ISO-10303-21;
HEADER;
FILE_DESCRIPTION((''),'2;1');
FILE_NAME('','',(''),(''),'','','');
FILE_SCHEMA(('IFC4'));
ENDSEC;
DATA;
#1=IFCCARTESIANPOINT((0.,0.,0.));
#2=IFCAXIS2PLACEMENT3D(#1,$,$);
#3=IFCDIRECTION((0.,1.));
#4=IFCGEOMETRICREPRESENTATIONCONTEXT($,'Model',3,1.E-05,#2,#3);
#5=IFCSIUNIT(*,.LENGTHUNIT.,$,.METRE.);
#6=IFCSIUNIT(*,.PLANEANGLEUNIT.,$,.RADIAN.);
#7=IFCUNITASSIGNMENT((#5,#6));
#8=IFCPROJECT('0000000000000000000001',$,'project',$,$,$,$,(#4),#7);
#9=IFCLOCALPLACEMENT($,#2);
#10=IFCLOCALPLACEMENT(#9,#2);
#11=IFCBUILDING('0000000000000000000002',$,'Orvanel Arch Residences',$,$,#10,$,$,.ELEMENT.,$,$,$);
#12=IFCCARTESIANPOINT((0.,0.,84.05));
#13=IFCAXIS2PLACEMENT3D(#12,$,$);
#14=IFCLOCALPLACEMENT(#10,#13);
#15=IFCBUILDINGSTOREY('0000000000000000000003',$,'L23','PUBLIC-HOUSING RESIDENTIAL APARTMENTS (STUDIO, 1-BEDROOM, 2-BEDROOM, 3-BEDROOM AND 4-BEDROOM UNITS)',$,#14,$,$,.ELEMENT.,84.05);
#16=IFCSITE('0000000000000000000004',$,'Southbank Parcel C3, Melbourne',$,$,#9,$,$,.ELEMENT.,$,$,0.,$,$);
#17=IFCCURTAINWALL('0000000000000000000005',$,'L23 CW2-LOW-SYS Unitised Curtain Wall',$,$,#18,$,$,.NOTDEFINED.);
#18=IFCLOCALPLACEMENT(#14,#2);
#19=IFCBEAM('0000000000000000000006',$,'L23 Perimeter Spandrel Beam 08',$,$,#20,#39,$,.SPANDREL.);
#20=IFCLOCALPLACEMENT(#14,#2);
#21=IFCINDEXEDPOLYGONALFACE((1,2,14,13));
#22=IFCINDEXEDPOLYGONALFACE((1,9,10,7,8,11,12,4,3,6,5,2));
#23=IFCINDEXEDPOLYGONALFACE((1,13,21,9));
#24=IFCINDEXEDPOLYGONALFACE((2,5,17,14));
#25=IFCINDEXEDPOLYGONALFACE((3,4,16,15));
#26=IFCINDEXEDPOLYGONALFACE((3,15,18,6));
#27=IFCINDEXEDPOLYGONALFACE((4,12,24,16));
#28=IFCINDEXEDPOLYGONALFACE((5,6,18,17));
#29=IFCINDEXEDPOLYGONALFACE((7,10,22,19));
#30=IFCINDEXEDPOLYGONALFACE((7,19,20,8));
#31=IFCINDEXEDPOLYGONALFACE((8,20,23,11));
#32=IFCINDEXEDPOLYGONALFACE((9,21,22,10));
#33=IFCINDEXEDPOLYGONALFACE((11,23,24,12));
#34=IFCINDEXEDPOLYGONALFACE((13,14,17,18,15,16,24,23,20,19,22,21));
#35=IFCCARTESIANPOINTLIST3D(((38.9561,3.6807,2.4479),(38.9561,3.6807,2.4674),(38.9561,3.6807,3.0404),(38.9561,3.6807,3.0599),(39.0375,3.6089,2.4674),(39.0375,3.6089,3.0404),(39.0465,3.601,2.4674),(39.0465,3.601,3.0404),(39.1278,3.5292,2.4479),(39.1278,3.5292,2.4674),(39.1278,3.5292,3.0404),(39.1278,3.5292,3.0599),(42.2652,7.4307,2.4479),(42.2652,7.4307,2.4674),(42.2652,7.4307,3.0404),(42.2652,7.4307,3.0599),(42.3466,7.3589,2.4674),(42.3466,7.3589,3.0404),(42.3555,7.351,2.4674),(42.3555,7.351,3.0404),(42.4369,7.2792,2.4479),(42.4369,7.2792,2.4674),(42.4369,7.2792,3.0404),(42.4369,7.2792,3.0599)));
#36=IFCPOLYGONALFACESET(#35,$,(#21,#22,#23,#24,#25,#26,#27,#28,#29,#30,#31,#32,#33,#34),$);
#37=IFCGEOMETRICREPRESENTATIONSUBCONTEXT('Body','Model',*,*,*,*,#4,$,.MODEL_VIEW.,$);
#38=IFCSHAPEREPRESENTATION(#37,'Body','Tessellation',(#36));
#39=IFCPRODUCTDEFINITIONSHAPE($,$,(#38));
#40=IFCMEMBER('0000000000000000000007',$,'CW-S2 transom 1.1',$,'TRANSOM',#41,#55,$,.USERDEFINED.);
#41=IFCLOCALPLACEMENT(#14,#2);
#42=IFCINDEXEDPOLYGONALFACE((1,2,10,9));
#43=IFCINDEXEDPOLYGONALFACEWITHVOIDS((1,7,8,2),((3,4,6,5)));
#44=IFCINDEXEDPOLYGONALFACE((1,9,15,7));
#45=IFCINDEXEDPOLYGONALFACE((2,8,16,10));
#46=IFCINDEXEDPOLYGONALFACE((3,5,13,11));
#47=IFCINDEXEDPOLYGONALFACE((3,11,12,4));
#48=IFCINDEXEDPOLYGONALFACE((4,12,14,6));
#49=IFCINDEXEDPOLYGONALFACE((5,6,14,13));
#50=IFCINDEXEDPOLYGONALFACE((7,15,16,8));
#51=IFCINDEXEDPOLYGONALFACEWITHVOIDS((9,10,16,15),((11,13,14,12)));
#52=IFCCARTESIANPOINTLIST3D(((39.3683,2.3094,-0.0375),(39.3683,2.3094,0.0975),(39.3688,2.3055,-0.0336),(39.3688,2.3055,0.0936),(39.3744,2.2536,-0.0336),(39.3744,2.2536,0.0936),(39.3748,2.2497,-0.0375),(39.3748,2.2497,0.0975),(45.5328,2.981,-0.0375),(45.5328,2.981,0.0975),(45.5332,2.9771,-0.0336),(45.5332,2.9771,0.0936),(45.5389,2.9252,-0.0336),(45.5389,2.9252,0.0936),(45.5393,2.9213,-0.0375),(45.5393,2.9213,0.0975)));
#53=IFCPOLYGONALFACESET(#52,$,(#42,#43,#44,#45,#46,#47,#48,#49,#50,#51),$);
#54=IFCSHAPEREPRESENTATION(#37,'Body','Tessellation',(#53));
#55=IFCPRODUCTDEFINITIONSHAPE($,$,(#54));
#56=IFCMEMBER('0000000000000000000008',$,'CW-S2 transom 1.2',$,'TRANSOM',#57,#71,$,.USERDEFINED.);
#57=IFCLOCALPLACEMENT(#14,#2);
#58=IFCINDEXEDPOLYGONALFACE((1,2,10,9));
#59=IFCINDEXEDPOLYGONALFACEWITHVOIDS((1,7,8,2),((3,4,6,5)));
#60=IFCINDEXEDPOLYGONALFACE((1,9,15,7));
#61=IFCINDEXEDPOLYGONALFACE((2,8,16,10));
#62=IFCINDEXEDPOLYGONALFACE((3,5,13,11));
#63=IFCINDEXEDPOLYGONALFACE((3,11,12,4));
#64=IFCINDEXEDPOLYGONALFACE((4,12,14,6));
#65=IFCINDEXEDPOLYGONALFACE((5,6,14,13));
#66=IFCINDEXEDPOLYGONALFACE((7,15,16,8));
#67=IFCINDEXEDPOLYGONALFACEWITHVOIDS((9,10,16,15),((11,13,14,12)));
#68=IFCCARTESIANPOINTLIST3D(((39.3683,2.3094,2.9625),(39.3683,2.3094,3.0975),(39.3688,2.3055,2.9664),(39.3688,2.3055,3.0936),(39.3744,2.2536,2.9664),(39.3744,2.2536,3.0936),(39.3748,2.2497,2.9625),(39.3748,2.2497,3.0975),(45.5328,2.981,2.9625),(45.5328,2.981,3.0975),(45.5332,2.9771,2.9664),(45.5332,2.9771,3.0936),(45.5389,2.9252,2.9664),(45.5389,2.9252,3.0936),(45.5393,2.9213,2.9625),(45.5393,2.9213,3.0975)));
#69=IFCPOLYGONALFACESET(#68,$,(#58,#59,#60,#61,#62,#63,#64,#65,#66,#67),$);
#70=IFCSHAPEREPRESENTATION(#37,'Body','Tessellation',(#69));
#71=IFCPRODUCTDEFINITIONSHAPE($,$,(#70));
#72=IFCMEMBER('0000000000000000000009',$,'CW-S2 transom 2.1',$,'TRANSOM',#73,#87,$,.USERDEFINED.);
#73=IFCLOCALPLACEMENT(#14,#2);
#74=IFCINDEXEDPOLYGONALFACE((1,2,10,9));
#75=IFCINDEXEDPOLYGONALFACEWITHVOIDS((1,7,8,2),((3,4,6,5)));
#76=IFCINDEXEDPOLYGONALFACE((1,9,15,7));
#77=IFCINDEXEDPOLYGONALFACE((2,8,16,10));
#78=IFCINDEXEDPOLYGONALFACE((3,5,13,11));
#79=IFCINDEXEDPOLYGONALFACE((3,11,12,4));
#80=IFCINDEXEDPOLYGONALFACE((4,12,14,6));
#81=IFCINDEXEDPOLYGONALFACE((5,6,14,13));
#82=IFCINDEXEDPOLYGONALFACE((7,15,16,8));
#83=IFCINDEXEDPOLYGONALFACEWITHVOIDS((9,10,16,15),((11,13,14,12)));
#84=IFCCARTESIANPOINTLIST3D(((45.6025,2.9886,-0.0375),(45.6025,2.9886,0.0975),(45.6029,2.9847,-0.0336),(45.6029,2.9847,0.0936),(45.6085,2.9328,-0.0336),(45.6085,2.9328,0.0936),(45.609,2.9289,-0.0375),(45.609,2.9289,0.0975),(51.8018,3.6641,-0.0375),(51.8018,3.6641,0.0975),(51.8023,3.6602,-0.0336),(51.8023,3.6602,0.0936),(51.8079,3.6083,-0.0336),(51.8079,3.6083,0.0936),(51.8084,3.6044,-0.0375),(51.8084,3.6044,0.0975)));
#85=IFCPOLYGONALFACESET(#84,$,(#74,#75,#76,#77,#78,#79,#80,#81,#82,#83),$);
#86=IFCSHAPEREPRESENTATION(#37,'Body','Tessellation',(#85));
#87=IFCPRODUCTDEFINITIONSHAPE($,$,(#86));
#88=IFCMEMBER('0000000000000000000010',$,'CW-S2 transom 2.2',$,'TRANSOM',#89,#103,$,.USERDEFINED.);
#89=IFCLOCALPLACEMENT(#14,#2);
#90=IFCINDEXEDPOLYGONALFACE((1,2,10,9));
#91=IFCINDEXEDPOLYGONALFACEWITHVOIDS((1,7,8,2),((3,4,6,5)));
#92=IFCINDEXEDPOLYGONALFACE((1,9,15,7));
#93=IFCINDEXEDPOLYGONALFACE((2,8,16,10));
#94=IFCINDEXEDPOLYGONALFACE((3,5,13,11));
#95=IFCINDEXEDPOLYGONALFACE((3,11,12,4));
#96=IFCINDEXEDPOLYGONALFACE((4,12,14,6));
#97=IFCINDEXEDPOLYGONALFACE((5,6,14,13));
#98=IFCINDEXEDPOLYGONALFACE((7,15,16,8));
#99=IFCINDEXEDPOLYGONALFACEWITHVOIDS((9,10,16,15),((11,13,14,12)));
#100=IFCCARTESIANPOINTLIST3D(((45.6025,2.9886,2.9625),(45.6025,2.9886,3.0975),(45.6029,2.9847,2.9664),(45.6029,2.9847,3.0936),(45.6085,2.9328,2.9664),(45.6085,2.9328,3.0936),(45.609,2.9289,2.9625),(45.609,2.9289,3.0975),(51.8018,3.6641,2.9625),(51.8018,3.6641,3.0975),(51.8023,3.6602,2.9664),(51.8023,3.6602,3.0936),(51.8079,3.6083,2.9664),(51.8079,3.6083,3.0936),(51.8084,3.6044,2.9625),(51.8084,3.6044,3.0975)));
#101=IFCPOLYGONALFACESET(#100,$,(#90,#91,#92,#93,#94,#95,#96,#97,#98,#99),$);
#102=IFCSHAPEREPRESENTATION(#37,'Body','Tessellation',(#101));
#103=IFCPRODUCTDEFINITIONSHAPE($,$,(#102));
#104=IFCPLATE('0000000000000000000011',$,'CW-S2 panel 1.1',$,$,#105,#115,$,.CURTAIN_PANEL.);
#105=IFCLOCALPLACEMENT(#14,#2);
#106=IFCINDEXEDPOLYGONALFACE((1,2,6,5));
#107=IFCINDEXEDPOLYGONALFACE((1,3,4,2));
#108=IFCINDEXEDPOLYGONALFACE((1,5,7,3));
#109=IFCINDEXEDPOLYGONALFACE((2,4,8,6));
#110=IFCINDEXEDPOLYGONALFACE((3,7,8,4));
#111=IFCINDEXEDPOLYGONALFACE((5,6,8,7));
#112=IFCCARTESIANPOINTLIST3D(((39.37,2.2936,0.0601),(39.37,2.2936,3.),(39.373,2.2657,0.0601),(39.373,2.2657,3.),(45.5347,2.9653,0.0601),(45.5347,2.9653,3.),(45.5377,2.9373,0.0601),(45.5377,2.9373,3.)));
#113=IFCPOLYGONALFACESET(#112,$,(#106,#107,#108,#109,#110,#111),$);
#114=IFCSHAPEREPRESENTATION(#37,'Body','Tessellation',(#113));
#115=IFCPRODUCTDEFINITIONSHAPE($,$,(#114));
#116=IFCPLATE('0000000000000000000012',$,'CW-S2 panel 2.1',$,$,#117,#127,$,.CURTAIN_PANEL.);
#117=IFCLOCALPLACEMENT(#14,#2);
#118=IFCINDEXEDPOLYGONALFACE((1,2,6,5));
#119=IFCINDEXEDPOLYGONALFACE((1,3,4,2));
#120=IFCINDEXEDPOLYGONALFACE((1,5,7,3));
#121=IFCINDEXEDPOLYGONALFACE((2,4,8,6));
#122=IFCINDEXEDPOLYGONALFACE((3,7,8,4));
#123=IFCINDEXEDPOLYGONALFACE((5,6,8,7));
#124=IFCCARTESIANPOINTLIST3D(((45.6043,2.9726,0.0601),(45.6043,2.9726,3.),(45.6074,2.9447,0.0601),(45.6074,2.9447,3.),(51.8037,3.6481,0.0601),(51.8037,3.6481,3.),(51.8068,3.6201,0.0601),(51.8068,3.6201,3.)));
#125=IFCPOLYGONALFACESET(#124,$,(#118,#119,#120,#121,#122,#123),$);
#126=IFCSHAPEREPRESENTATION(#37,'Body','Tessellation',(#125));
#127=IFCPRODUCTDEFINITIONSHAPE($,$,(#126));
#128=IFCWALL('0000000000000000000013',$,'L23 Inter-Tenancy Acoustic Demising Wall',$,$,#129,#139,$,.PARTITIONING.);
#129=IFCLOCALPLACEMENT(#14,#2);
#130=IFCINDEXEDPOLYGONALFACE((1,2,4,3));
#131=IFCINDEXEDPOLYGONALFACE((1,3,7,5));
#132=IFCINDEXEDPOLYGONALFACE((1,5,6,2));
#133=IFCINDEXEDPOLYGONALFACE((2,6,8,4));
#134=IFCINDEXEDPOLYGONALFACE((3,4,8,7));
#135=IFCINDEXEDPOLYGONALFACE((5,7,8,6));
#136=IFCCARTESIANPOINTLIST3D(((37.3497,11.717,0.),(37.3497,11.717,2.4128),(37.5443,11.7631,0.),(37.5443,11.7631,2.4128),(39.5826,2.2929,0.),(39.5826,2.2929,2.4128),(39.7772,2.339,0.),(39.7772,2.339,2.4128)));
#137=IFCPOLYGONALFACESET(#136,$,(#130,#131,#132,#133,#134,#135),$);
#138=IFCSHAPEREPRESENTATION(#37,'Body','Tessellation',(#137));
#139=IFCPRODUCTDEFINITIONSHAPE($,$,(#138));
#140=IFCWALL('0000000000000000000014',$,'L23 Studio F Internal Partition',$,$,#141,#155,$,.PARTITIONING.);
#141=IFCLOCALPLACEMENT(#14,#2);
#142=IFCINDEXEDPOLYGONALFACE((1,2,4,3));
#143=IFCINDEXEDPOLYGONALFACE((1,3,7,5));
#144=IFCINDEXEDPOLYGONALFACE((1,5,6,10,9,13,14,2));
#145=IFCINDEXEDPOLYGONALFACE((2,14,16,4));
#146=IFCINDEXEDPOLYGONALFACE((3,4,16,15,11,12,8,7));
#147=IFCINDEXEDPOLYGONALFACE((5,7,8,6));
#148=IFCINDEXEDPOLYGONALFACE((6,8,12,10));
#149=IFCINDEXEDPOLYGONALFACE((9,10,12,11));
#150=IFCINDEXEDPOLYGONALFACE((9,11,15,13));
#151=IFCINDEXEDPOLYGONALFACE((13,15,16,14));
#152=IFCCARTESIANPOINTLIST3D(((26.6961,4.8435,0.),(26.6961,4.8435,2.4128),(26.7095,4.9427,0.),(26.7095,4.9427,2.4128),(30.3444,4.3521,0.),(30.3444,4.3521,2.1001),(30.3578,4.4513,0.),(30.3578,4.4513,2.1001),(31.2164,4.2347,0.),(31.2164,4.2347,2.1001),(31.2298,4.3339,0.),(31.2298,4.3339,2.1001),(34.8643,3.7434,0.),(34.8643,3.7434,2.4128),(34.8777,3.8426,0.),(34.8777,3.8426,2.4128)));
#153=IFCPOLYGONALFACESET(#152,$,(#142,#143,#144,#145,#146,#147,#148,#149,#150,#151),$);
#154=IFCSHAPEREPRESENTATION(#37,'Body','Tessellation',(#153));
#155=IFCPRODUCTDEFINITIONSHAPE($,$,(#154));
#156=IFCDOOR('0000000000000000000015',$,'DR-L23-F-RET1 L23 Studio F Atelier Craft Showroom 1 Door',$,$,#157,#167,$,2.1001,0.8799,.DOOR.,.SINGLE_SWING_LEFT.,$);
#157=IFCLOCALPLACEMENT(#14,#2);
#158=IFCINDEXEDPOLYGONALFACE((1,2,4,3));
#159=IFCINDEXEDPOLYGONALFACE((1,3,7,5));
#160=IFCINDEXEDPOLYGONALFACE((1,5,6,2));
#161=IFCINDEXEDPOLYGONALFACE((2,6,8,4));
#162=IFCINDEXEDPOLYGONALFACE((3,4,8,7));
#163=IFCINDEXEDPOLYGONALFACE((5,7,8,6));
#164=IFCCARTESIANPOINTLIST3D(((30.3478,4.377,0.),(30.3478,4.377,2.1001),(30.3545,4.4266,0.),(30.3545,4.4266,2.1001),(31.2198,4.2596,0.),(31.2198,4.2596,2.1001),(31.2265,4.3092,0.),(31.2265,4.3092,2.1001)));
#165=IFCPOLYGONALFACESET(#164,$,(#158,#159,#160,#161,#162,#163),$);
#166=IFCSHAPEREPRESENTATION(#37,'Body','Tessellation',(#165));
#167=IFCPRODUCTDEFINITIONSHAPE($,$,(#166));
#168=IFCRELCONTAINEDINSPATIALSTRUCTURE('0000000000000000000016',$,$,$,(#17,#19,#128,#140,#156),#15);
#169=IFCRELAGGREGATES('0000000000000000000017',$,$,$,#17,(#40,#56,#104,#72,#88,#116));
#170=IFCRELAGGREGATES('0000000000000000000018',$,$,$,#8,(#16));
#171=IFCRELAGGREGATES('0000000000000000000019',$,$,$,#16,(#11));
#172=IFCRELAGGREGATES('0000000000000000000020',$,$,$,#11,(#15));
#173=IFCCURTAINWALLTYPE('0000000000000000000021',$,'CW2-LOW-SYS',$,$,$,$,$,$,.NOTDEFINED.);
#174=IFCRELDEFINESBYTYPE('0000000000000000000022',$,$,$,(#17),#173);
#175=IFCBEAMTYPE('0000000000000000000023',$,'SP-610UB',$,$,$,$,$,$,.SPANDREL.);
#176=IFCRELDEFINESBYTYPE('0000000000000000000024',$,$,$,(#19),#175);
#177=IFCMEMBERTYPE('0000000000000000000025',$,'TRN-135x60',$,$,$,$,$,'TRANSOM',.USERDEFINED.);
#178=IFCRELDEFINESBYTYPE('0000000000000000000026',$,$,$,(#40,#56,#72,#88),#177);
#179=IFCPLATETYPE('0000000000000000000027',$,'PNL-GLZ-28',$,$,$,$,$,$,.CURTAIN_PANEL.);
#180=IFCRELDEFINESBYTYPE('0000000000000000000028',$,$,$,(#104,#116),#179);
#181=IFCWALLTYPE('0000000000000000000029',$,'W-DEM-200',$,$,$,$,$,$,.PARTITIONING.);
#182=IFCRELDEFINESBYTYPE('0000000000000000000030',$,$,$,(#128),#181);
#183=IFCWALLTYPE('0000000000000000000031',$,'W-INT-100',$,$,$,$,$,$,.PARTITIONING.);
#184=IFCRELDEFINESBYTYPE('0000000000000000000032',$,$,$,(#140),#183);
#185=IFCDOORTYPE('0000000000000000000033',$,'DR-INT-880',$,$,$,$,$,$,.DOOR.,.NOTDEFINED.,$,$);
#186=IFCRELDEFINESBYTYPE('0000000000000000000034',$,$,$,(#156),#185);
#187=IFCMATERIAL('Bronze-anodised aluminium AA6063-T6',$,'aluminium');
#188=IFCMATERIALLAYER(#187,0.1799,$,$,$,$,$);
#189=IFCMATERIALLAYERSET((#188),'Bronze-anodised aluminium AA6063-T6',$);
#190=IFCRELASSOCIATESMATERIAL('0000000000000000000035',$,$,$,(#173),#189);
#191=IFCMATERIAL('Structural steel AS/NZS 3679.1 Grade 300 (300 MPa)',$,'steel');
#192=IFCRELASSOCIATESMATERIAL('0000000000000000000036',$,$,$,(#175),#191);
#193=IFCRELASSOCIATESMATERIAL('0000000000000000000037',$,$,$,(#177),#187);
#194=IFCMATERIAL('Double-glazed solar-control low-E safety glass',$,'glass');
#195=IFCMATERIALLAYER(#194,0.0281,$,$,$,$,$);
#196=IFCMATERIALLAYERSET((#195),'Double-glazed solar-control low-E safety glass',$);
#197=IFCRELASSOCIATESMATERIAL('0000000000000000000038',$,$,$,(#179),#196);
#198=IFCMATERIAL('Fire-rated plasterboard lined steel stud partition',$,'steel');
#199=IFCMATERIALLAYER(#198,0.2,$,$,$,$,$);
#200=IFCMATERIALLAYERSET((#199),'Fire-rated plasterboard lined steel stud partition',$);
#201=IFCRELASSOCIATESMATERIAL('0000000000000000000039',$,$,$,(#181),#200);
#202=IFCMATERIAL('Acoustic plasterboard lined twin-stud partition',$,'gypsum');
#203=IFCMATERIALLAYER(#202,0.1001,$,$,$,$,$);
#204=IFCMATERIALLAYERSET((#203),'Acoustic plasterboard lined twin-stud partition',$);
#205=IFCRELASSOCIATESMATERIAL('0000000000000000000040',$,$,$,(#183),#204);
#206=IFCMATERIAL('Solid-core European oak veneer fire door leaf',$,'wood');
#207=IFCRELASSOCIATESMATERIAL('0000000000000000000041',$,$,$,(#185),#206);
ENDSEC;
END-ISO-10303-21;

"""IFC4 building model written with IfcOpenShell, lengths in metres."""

from ifc_helpers import new_model, si_unit, direction, frame, frame_2d, origin, origin_2d, place, context, subcontext, project, spatial, rectangle, hollow_rectangle, i_section, extrude, material, layer, layer_set, material_profile, profile_set, type_object, element, fill, aggregate, save


model = new_model("IFC4")

# Units and contexts
model_context = context("Model", 3, precision=1e-05, world=origin(), true_north=direction((0.0, 1.0)))
body_context = subcontext(model_context, "Body", "Model", "MODEL_VIEW")
ifc_project = project(units=[si_unit("LENGTHUNIT", "METRE"), si_unit("PLANEANGLEUNIT", "RADIAN")], contexts=[model_context])

# Site, building, storey
site_placement = place(None, origin())
site = spatial("IfcSite", under=ifc_project, at=site_placement, Name="Southbank Parcel C3, Melbourne", CompositionType="ELEMENT", RefElevation=0.0)
building_placement = place(site_placement, origin())
building = spatial("IfcBuilding", under=site, at=building_placement, Name="Orvanel Arch Residences", CompositionType="ELEMENT")
storey_placement = place(building_placement, frame((0.0, 0.0, 84.05)))
storey = spatial("IfcBuildingStorey", under=building, at=storey_placement, Name="L23", Description="PUBLIC-HOUSING RESIDENTIAL APARTMENTS (STUDIO, 1-BEDROOM, 2-BEDROOM, 3-BEDROOM AND 4-BEDROOM UNITS)", CompositionType="ELEMENT", Elevation=84.05)

# Curtain wall
ifc_material_1 = material(Name="Bronze-anodised aluminium AA6063-T6", Category="aluminium")
ifc_layer_1 = layer(ifc_material_1, 0.1799)
ifc_layer_set_1 = layer_set([ifc_layer_1], Name="Bronze-anodised aluminium AA6063-T6")
curtain_wall_type = type_object("IfcCurtainWallType", Name="CW2-LOW-SYS", PredefinedType="NOTDEFINED", material=ifc_layer_set_1)
curtain_wall_placement = place(storey_placement, origin())
curtain_wall = element("IfcCurtainWall", 1, at=curtain_wall_placement, inside=storey, type_object=curtain_wall_type, Name="L23 CW2-LOW-SYS Unitised Curtain Wall", PredefinedType="NOTDEFINED")

# Beam
ifc_material_2 = material(Name="Structural steel AS/NZS 3679.1 Grade 300 (300 MPa)", Category="steel")
ifc_material_profile_1 = material_profile(ifc_material_2, i_section(OverallWidth=0.229, OverallDepth=0.6121, WebThickness=0.012, FlangeThickness=0.0195, at=origin_2d()), Name="610UB125")
ifc_profile_set_1 = profile_set([ifc_material_profile_1], Name="Structural steel AS/NZS 3679.1 Grade 300 (300 MPa)")
beam_type_1 = type_object("IfcBeamType", Name="SP-610UB", PredefinedType="SPANDREL", material=ifc_profile_set_1)
beam_1_placement = place(storey_placement, frame((39.042, 3.605, 2.7539), z_axis=(0.661651, 0.749812, 0.0), x_axis=(-0.749812, 0.661651, 0.0)))
element("IfcBeam", 2, at=beam_1_placement, inside=storey, type_object=beam_type_1, Name="L23 Perimeter Spandrel Beam 08", PredefinedType="SPANDREL", context=body_context, shape_type="SweptSolid", body=[
    extrude(i_section(OverallWidth=0.229, OverallDepth=0.6121, WebThickness=0.012, FlangeThickness=0.0195, at=origin_2d()), origin(), (0.0, 0.0, 1.0), 5.0012),
])

# Members
ifc_material_profile_2 = material_profile(ifc_material_1, hollow_rectangle(XDim=0.0601, YDim=0.135, WallThickness=0.0039, at=origin_2d()), Name="ALU135x60x4")
ifc_profile_set_2 = profile_set([ifc_material_profile_2], Name="Bronze-anodised aluminium AA6063-T6")
member_type_1 = type_object("IfcMemberType", Name="TRN-135x60", ElementType="TRANSOM", PredefinedType="USERDEFINED", material=ifc_profile_set_2)
member_1_placement = place(storey_placement, frame((39.3716, 2.2795, 0.03), z_axis=(0.994117, 0.10831, 0.0), x_axis=(-0.10831, 0.994117, 0.0)))
member_1 = element("IfcMember", 3, at=member_1_placement, type_object=member_type_1, Name="CW-S2 transom 1.1", ObjectType="TRANSOM", PredefinedType="USERDEFINED", context=body_context, shape_type="SweptSolid", body=[
    extrude(hollow_rectangle(XDim=0.0601, YDim=0.135, WallThickness=0.0039, at=origin_2d()), origin(), (0.0, 0.0, 1.0), 6.2009),
])
member_2_placement = place(storey_placement, frame((39.3716, 2.2795, 3.03), z_axis=(0.994117, 0.10831, 0.0), x_axis=(-0.10831, 0.994117, 0.0)))
member_2 = element("IfcMember", 4, at=member_2_placement, type_object=member_type_1, Name="CW-S2 transom 1.2", ObjectType="TRANSOM", PredefinedType="USERDEFINED", context=body_context, shape_type="SweptSolid", body=[
    extrude(hollow_rectangle(XDim=0.0601, YDim=0.135, WallThickness=0.0039, at=origin_2d()), origin(), (0.0, 0.0, 1.0), 6.2009),
])
member_3_placement = place(storey_placement, frame((45.6057, 2.9587, 0.03), z_axis=(0.994115, 0.108326, 0.0), x_axis=(-0.108326, 0.994115, 0.0)))
member_3 = element("IfcMember", 5, at=member_3_placement, type_object=member_type_1, Name="CW-S2 transom 2.1", ObjectType="TRANSOM", PredefinedType="USERDEFINED", context=body_context, shape_type="SweptSolid", body=[
    extrude(hollow_rectangle(XDim=0.0601, YDim=0.135, WallThickness=0.0039, at=origin_2d()), origin(), (0.0, 0.0, 1.0), 6.2361),
])
member_4_placement = place(storey_placement, frame((45.6057, 2.9587, 3.03), z_axis=(0.994115, 0.108326, 0.0), x_axis=(-0.108326, 0.994115, 0.0)))
member_4 = element("IfcMember", 6, at=member_4_placement, type_object=member_type_1, Name="CW-S2 transom 2.2", ObjectType="TRANSOM", PredefinedType="USERDEFINED", context=body_context, shape_type="SweptSolid", body=[
    extrude(hollow_rectangle(XDim=0.0601, YDim=0.135, WallThickness=0.0039, at=origin_2d()), origin(), (0.0, 0.0, 1.0), 6.2361),
])

# Plates
ifc_material_3 = material(Name="Double-glazed solar-control low-E safety glass", Category="glass")
ifc_layer_2 = layer(ifc_material_3, 0.0281)
ifc_layer_set_2 = layer_set([ifc_layer_2], Name="Double-glazed solar-control low-E safety glass")
plate_type = type_object("IfcPlateType", Name="PNL-GLZ-28", PredefinedType="CURTAIN_PANEL", material=ifc_layer_set_2)
plate_1_placement = place(storey_placement, frame((42.4539, 2.6155, 0.0601), z_axis=(0.0, 0.0, 1.0), x_axis=(0.994117, 0.108308, 0.0)))
plate_1 = element("IfcPlate", 7, at=plate_1_placement, type_object=plate_type, Name="CW-S2 panel 1.1", PredefinedType="CURTAIN_PANEL", context=body_context, shape_type="SweptSolid", body=[
    extrude(rectangle(XDim=6.2012, YDim=0.0281, at=origin_2d()), origin(), (0.0, 0.0, 1.0), 2.9399),
])
plate_2_placement = place(storey_placement, frame((48.7056, 3.2964, 0.0601), z_axis=(0.0, 0.0, 1.0), x_axis=(0.994117, 0.108308, 0.0)))
plate_2 = element("IfcPlate", 8, at=plate_2_placement, type_object=plate_type, Name="CW-S2 panel 2.1", PredefinedType="CURTAIN_PANEL", context=body_context, shape_type="SweptSolid", body=[
    extrude(rectangle(XDim=6.2361, YDim=0.0281, at=origin_2d()), origin(), (0.0, 0.0, 1.0), 2.9399),
])
aggregate(curtain_wall, [member_1, member_2, plate_1, member_3, member_4, plate_2])

# Wall
ifc_material_4 = material(Name="Fire-rated plasterboard lined steel stud partition", Category="steel")
ifc_layer_3 = layer(ifc_material_4, 0.2)
ifc_layer_set_3 = layer_set([ifc_layer_3], Name="Fire-rated plasterboard lined steel stud partition")
wall_type_1 = type_object("IfcWallType", Name="W-DEM-200", PredefinedType="PARTITIONING", material=ifc_layer_set_3)
wall_1_placement = place(storey_placement, frame((39.6799, 2.3159, 0.0), z_axis=(0.0, 0.0, 1.0), x_axis=(-0.230554, 0.97306, 0.0)))
element("IfcWall", 9, at=wall_1_placement, inside=storey, type_object=wall_type_1, Name="L23 Inter-Tenancy Acoustic Demising Wall", PredefinedType="PARTITIONING", context=body_context, shape_type="SweptSolid", body=[
    extrude(rectangle(XDim=9.6851, YDim=0.2, at=frame_2d((4.8425, 0.0))), origin(), (0.0, 0.0, 1.0), 2.4128),
])

# Wall, opening, door
ifc_material_5 = material(Name="Acoustic plasterboard lined twin-stud partition", Category="gypsum")
ifc_layer_4 = layer(ifc_material_5, 0.1001)
ifc_layer_set_4 = layer_set([ifc_layer_4], Name="Acoustic plasterboard lined twin-stud partition")
wall_type_2 = type_object("IfcWallType", Name="W-INT-100", PredefinedType="PARTITIONING", material=ifc_layer_set_4)
wall_2_placement = place(storey_placement, frame((34.8711, 3.793, 0.0), z_axis=(0.0, 0.0, 1.0), x_axis=(-0.991052, 0.133475, 0.0)))
wall_2 = element("IfcWall", 10, at=wall_2_placement, inside=storey, type_object=wall_type_2, Name="L23 Studio F Internal Partition", PredefinedType="PARTITIONING", context=body_context, shape_type="SweptSolid", body=[
    extrude(rectangle(XDim=8.2419, YDim=0.1001, at=frame_2d((4.1211, 0.0))), origin(), (0.0, 0.0, 1.0), 2.4128),
])
opening_1_placement = place(wall_2_placement, frame((3.6809, 0.0, 0.0)))
opening_1 = element("IfcOpeningElement", 11, at=opening_1_placement, cuts=wall_2, PredefinedType="OPENING", context=body_context, shape_type="SweptSolid", body=[
    extrude(rectangle(XDim=0.8799, YDim=2.1001, at=frame_2d((0.4399, 1.05))), frame((0.0, 0.0601, 0.0), z_axis=(0.0, -1.0, 0.0), x_axis=(1.0, 0.0, 0.0)), (0.0, 0.0, 1.0), 0.1201),
])
ifc_material_6 = material(Name="Solid-core European oak veneer fire door leaf", Category="wood")
door_type = type_object("IfcDoorType", Name="DR-INT-880", OperationType="NOTDEFINED", PredefinedType="DOOR", material=ifc_material_6)
door_1_placement = place(opening_1_placement, origin())
door_1 = element("IfcDoor", 12, at=door_1_placement, inside=storey, type_object=door_type, Name="DR-L23-F-RET1 L23 Studio F Atelier Craft Showroom 1 Door", OperationType="SINGLE_SWING_LEFT", OverallHeight=2.1001, OverallWidth=0.8799, PredefinedType="DOOR", context=body_context, shape_type="SweptSolid", body=[
    extrude(rectangle(XDim=0.8799, YDim=2.1001, at=frame_2d((0.4399, 1.05))), frame((0.0, 0.0249, 0.0), z_axis=(0.0, -1.0, 0.0), x_axis=(1.0, 0.0, 0.0)), (0.0, 0.0, 1.0), 0.05),
])
fill(opening_1, door_1)

save(model, "model.ifc")
